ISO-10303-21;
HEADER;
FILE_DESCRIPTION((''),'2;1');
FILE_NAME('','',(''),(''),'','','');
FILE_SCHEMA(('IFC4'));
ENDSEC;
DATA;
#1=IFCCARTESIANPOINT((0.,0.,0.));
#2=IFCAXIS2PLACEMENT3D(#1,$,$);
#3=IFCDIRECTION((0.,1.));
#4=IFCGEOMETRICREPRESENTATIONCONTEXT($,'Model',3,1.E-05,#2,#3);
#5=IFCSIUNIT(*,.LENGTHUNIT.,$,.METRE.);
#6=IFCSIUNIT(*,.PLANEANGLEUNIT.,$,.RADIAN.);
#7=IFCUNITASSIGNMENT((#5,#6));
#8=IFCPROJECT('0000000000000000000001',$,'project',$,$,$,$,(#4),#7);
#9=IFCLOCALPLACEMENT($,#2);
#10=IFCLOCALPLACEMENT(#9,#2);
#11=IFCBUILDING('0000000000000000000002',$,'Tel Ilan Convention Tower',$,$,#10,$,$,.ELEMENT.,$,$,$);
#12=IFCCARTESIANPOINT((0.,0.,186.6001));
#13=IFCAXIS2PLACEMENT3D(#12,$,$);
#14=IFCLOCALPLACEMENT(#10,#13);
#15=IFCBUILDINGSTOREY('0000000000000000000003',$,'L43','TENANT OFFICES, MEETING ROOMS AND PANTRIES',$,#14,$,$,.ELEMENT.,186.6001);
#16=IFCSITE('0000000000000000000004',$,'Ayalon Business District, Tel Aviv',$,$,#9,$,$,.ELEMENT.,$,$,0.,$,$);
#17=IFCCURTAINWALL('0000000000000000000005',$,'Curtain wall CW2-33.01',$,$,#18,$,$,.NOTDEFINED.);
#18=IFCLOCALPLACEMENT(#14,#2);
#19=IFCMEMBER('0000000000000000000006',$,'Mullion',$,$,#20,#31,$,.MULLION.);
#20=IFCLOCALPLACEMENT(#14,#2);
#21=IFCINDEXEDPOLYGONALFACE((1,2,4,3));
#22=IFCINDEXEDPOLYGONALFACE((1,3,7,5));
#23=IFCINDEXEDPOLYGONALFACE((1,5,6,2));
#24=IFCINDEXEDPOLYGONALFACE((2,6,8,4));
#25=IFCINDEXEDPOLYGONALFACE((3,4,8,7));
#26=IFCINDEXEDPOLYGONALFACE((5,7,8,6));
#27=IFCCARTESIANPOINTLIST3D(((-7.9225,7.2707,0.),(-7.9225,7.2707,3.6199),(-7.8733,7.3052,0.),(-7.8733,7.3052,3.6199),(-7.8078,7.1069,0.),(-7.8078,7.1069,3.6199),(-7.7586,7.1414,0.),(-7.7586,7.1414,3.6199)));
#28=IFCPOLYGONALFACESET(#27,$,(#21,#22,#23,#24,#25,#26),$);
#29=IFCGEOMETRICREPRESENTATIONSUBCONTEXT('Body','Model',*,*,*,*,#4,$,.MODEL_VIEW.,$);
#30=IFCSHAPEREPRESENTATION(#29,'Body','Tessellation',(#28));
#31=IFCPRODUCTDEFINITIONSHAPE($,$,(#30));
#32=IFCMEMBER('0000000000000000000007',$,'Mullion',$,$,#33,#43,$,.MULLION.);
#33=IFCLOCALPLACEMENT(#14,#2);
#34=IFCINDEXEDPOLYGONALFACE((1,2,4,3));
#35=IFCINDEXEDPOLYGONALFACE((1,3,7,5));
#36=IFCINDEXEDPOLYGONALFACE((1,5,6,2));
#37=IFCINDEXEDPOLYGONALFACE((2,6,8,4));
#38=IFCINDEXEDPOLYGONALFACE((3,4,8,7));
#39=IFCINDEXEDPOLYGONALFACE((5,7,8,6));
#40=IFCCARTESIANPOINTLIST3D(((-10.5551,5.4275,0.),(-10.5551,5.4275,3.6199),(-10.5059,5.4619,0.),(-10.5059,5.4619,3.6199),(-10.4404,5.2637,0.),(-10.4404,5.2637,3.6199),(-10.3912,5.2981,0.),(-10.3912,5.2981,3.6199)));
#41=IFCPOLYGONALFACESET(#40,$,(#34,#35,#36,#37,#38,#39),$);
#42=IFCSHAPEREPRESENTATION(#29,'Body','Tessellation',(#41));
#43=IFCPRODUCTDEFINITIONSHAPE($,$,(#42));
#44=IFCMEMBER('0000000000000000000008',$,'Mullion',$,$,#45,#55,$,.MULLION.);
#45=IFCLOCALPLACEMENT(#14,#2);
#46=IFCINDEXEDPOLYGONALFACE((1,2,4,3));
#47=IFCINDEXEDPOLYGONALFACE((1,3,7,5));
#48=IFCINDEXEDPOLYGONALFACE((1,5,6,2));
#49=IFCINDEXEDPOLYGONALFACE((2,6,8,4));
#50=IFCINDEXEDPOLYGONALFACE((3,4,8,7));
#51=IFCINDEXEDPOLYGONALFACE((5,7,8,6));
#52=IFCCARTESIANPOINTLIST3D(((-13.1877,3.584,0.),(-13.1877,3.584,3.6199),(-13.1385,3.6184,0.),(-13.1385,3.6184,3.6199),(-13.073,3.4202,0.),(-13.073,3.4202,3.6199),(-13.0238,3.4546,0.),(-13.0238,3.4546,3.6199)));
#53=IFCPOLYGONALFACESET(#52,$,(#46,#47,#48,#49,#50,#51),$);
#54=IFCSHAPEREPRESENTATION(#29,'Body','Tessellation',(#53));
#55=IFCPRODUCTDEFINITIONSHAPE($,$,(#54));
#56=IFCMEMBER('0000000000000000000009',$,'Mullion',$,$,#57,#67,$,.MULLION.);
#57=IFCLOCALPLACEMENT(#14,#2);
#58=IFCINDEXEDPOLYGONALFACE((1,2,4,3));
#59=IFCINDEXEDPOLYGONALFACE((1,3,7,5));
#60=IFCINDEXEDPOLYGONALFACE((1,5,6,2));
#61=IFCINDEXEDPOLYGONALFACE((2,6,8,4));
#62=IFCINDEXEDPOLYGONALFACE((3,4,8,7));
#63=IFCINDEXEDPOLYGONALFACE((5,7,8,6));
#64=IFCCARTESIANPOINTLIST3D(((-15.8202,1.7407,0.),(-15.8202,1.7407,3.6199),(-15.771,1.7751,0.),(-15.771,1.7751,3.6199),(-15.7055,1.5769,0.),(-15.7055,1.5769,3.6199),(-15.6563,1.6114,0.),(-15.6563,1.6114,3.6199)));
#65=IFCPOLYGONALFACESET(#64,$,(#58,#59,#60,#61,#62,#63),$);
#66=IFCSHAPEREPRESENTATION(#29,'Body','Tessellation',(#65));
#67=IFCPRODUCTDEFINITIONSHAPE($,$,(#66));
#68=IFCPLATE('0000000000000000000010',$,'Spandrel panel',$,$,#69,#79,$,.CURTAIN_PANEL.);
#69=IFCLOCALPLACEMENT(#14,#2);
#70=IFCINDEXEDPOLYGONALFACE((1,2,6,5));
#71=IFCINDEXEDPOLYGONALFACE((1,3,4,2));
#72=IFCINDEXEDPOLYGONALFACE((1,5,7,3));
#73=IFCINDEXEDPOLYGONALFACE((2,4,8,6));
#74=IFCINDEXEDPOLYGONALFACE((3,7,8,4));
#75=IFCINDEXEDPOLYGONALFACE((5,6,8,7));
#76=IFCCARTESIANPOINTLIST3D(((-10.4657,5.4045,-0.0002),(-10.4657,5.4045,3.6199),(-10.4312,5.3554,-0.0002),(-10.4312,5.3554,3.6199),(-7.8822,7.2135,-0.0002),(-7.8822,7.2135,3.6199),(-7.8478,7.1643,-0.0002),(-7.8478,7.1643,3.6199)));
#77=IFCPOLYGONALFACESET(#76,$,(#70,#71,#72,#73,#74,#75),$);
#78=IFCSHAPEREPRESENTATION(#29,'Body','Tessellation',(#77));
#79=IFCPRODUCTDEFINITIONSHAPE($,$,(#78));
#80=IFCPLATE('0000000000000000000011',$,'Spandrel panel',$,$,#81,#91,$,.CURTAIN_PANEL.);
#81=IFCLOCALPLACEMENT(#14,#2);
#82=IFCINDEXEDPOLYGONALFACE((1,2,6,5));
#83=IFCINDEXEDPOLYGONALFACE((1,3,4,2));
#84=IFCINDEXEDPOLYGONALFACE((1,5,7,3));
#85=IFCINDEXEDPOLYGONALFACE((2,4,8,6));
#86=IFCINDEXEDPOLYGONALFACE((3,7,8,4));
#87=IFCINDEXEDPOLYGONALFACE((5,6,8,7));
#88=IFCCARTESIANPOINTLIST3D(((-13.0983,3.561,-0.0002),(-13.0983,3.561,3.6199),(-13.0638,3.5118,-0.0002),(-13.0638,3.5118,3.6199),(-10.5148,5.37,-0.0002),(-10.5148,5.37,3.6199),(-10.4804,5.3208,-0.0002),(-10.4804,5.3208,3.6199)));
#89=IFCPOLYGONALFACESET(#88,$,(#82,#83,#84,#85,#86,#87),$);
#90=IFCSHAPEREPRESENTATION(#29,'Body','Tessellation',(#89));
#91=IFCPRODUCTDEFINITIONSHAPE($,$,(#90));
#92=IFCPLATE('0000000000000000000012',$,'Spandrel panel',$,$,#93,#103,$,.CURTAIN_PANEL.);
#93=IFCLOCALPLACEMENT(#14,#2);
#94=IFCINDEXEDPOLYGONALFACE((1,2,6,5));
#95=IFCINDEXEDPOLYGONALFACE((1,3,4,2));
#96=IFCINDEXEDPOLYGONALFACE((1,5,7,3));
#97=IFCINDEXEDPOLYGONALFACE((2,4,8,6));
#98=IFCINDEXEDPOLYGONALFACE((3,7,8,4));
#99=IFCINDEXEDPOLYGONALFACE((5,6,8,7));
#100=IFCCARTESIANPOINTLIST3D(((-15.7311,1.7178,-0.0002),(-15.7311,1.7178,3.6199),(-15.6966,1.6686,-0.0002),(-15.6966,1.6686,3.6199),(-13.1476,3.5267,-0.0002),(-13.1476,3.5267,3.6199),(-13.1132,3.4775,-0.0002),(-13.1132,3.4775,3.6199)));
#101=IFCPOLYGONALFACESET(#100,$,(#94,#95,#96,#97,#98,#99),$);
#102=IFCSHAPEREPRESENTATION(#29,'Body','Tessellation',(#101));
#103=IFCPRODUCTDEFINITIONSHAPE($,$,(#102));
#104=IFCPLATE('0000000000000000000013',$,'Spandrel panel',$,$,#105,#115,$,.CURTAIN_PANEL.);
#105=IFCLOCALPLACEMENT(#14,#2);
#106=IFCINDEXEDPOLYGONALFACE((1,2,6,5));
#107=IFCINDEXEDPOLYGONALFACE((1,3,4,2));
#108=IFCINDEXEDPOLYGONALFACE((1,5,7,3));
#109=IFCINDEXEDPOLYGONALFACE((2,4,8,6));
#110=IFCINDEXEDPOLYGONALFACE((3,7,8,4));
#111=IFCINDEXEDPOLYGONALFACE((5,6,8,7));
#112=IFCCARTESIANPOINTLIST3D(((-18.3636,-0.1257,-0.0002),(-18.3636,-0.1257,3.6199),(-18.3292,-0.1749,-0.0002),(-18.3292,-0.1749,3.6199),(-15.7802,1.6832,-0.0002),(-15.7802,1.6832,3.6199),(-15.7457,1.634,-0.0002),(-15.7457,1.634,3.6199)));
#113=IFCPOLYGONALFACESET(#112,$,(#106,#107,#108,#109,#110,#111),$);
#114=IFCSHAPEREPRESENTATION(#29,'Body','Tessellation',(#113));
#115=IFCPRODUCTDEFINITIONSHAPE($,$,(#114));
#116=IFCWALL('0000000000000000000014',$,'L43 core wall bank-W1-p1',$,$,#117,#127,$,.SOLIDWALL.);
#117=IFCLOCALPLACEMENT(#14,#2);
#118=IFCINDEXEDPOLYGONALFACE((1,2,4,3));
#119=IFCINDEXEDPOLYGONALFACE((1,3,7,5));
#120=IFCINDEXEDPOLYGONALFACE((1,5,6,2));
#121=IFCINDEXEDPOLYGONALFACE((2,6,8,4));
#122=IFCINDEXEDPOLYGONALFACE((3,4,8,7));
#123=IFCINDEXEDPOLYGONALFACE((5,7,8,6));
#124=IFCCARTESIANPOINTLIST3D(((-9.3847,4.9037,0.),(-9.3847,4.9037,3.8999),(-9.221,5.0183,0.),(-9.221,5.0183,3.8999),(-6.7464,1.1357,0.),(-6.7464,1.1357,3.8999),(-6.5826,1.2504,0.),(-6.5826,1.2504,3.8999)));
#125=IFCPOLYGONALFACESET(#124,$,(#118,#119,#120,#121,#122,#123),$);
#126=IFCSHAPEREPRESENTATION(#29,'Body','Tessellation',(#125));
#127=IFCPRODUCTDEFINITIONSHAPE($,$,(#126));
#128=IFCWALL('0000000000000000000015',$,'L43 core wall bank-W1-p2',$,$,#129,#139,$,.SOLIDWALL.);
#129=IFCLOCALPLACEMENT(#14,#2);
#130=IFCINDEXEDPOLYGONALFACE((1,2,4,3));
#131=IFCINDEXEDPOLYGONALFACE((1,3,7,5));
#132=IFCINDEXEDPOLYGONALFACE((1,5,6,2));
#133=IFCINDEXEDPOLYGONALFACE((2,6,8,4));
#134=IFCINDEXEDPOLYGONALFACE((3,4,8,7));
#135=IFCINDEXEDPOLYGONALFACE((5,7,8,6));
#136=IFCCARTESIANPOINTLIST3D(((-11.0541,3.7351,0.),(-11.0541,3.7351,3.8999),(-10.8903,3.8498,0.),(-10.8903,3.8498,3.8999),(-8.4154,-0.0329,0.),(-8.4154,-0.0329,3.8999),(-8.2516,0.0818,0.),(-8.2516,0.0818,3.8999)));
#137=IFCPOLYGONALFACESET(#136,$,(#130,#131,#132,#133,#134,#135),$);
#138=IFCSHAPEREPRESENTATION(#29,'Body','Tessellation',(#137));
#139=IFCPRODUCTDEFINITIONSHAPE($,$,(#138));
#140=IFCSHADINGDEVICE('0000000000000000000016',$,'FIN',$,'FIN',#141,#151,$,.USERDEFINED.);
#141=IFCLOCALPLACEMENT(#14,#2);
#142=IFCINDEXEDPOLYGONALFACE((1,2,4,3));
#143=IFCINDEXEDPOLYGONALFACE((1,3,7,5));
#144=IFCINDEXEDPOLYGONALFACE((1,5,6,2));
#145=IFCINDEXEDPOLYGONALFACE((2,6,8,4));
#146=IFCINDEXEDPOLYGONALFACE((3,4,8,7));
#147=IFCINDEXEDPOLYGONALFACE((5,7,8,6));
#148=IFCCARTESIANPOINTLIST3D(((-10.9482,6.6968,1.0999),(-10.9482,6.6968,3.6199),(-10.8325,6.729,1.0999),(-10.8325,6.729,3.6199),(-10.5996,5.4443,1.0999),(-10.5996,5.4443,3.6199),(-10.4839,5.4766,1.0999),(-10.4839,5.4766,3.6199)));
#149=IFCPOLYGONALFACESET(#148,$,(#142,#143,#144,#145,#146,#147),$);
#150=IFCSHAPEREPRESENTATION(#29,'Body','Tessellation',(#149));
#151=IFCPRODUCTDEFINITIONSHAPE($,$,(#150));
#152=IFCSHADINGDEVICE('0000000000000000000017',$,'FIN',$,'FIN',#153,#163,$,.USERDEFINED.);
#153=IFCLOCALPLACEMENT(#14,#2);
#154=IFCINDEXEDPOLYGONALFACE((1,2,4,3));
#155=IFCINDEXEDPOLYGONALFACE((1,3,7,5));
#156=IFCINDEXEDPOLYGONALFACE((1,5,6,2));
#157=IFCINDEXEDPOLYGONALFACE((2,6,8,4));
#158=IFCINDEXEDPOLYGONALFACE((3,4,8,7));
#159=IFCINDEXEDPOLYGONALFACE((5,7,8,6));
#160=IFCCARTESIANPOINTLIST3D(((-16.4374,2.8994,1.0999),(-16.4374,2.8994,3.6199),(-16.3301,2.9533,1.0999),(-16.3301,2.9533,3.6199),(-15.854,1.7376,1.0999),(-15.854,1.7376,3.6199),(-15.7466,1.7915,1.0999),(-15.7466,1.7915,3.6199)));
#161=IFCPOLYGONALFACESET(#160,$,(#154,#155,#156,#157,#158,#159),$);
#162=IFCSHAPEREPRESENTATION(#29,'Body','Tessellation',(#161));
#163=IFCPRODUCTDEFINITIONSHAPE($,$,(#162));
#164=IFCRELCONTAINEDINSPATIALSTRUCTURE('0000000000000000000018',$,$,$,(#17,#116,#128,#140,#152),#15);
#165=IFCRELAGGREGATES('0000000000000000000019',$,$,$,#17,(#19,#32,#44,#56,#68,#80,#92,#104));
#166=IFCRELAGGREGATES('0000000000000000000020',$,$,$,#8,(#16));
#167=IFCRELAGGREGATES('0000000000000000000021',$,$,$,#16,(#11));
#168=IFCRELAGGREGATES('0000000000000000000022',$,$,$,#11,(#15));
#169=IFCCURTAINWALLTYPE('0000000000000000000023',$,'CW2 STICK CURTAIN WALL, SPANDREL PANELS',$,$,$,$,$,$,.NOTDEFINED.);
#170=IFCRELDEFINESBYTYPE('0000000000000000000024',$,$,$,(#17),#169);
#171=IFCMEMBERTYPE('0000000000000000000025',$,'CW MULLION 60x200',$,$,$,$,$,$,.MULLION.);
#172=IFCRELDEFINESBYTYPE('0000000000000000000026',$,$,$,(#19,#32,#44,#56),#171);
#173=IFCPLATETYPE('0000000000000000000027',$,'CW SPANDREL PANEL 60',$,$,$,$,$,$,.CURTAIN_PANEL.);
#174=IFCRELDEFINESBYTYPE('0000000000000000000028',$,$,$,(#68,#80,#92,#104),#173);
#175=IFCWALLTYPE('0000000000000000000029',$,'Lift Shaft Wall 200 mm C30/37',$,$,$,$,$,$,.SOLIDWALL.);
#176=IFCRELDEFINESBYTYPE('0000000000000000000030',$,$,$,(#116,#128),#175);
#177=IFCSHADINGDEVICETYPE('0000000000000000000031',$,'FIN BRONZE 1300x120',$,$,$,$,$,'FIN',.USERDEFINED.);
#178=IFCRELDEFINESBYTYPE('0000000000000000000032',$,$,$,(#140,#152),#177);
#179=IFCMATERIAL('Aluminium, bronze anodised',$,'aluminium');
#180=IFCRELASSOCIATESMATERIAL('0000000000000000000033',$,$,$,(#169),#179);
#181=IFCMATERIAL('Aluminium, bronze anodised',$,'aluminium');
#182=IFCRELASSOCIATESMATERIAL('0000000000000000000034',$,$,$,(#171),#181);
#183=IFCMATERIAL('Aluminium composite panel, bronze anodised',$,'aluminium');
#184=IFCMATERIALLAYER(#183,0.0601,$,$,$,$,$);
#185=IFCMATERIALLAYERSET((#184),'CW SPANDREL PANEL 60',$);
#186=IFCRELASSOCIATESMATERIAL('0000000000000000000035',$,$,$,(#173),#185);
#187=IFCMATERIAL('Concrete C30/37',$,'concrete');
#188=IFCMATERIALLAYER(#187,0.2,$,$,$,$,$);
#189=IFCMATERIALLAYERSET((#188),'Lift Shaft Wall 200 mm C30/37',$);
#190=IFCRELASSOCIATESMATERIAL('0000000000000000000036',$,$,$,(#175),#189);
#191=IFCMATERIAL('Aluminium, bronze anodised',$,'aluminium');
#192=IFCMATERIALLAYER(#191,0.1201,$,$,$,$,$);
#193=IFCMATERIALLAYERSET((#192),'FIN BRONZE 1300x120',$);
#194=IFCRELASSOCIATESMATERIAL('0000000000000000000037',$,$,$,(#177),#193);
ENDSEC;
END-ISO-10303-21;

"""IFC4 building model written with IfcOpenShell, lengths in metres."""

from ifc_helpers import new_model, si_unit, direction, frame, frame_2d, origin, origin_2d, place, context, subcontext, project, spatial, rectangle, extrude, material, layer, layer_set, material_profile, profile_set, type_object, element, aggregate, save


model = new_model("IFC4")

# Units and contexts
model_context = context("Model", 3, precision=1e-05, world=origin(), true_north=direction((0.0, 1.0)))
body_context = subcontext(model_context, "Body", "Model", "MODEL_VIEW")
ifc_project = project(units=[si_unit("LENGTHUNIT", "METRE"), si_unit("PLANEANGLEUNIT", "RADIAN")], contexts=[model_context])

# Site, building, storey
site_placement = place(None, origin())
site = spatial("IfcSite", under=ifc_project, at=site_placement, Name="Ayalon Business District, Tel Aviv", CompositionType="ELEMENT", RefElevation=0.0)
building_placement = place(site_placement, origin())
building = spatial("IfcBuilding", under=site, at=building_placement, Name="Tel Ilan Convention Tower", CompositionType="ELEMENT")
storey_placement = place(building_placement, frame((0.0, 0.0, 186.6001)))
storey = spatial("IfcBuildingStorey", under=building, at=storey_placement, Name="L43", Description="TENANT OFFICES, MEETING ROOMS AND PANTRIES", CompositionType="ELEMENT", Elevation=186.6001)

# Curtain wall, members, plates
ifc_material_1 = material(Name="Aluminium, bronze anodised", Category="aluminium")
curtain_wall_type = type_object("IfcCurtainWallType", Name="CW2 STICK CURTAIN WALL, SPANDREL PANELS", PredefinedType="NOTDEFINED", material=ifc_material_1)
curtain_wall_placement = place(storey_placement, origin())
curtain_wall = element("IfcCurtainWall", 1, at=curtain_wall_placement, inside=storey, type_object=curtain_wall_type, Name="Curtain wall CW2-33.01", PredefinedType="NOTDEFINED")
ifc_material_2 = material(Name="Aluminium, bronze anodised", Category="aluminium")
ifc_material_profile = material_profile(ifc_material_2, rectangle(XDim=0.0601, YDim=0.2, at=origin_2d()), Name="CW MULLION 60x200")
ifc_profile_set = profile_set([ifc_material_profile], Name="Aluminium, bronze anodised")
member_type = type_object("IfcMemberType", Name="CW MULLION 60x200", PredefinedType="MULLION", material=ifc_profile_set)
member_1_placement = place(storey_placement, frame((-7.8406, 7.2061, 0.0), z_axis=(0.0, 0.0, 1.0), x_axis=(-0.819152, -0.573576, 0.0)))
member_1 = element("IfcMember", 2, at=member_1_placement, type_object=member_type, Name="Mullion", PredefinedType="MULLION", context=body_context, shape_type="SweptSolid", body=[
    extrude(rectangle(XDim=0.0601, YDim=0.2, at=origin_2d()), origin(), (0.0, 0.0, 1.0), 3.6199),
])
member_2_placement = place(storey_placement, frame((-10.4731, 5.3628, 0.0), z_axis=(0.0, 0.0, 1.0), x_axis=(-0.819152, -0.573576, 0.0)))
member_2 = element("IfcMember", 3, at=member_2_placement, type_object=member_type, Name="Mullion", PredefinedType="MULLION", context=body_context, shape_type="SweptSolid", body=[
    extrude(rectangle(XDim=0.0601, YDim=0.2, at=origin_2d()), origin(), (0.0, 0.0, 1.0), 3.6199),
])
member_3_placement = place(storey_placement, frame((-13.1057, 3.5193, 0.0), z_axis=(0.0, 0.0, 1.0), x_axis=(-0.819152, -0.573576, 0.0)))
member_3 = element("IfcMember", 4, at=member_3_placement, type_object=member_type, Name="Mullion", PredefinedType="MULLION", context=body_context, shape_type="SweptSolid", body=[
    extrude(rectangle(XDim=0.0601, YDim=0.2, at=origin_2d()), origin(), (0.0, 0.0, 1.0), 3.6199),
])
member_4_placement = place(storey_placement, frame((-15.7383, 1.676, 0.0), z_axis=(0.0, 0.0, 1.0), x_axis=(-0.819152, -0.573576, 0.0)))
member_4 = element("IfcMember", 5, at=member_4_placement, type_object=member_type, Name="Mullion", PredefinedType="MULLION", context=body_context, shape_type="SweptSolid", body=[
    extrude(rectangle(XDim=0.0601, YDim=0.2, at=origin_2d()), origin(), (0.0, 0.0, 1.0), 3.6199),
])
ifc_material_3 = material(Name="Aluminium composite panel, bronze anodised", Category="aluminium")
ifc_layer_1 = layer(ifc_material_3, 0.0601)
ifc_layer_set_1 = layer_set([ifc_layer_1], Name="CW SPANDREL PANEL 60")
plate_type = type_object("IfcPlateType", Name="CW SPANDREL PANEL 60", PredefinedType="CURTAIN_PANEL", material=ifc_layer_set_1)
plate_1_placement = place(storey_placement, frame((-9.1567, 6.2844, -0.0002), z_axis=(0.0, 0.0, 1.0), x_axis=(-0.819152, -0.573576, 0.0)))
plate_1 = element("IfcPlate", 6, at=plate_1_placement, type_object=plate_type, Name="Spandrel panel", PredefinedType="CURTAIN_PANEL", context=body_context, shape_type="SweptSolid", body=[
    extrude(rectangle(XDim=3.1538, YDim=0.0601, at=origin_2d()), origin(), (0.0, 0.0, 1.0), 3.6201),
])
plate_2_placement = place(storey_placement, frame((-11.7893, 4.4409, -0.0002), z_axis=(0.0, 0.0, 1.0), x_axis=(-0.819152, -0.573576, 0.0)))
plate_2 = element("IfcPlate", 7, at=plate_2_placement, type_object=plate_type, Name="Spandrel panel", PredefinedType="CURTAIN_PANEL", context=body_context, shape_type="SweptSolid", body=[
    extrude(rectangle(XDim=3.1538, YDim=0.0601, at=origin_2d()), origin(), (0.0, 0.0, 1.0), 3.6201),
])
plate_3_placement = place(storey_placement, frame((-14.4221, 2.5977, -0.0002), z_axis=(0.0, 0.0, 1.0), x_axis=(-0.819152, -0.573576, 0.0)))
plate_3 = element("IfcPlate", 8, at=plate_3_placement, type_object=plate_type, Name="Spandrel panel", PredefinedType="CURTAIN_PANEL", context=body_context, shape_type="SweptSolid", body=[
    extrude(rectangle(XDim=3.1538, YDim=0.0601, at=origin_2d()), origin(), (0.0, 0.0, 1.0), 3.6201),
])
plate_4_placement = place(storey_placement, frame((-17.0547, 0.7542, -0.0002), z_axis=(0.0, 0.0, 1.0), x_axis=(-0.819152, -0.573576, 0.0)))
plate_4 = element("IfcPlate", 9, at=plate_4_placement, type_object=plate_type, Name="Spandrel panel", PredefinedType="CURTAIN_PANEL", context=body_context, shape_type="SweptSolid", body=[
    extrude(rectangle(XDim=3.1538, YDim=0.0601, at=origin_2d()), origin(), (0.0, 0.0, 1.0), 3.6201),
])
aggregate(curtain_wall, [member_1, member_2, member_3, member_4, plate_1, plate_2, plate_3, plate_4])

# Walls
ifc_material_4 = material(Name="Concrete C30/37", Category="concrete")
ifc_layer_2 = layer(ifc_material_4, 0.2)
ifc_layer_set_2 = layer_set([ifc_layer_2], Name="Lift Shaft Wall 200 mm C30/37")
wall_type = type_object("IfcWallType", Name="Lift Shaft Wall 200 mm C30/37", PredefinedType="SOLIDWALL", material=ifc_layer_set_2)
wall_1_placement = place(storey_placement, frame((-6.6646, 1.1931, 0.0), z_axis=(0.0, 0.0, 1.0), x_axis=(-0.573576, 0.819152, 0.0)))
element("IfcWall", 10, at=wall_1_placement, inside=storey, type_object=wall_type, Name="L43 core wall bank-W1-p1", PredefinedType="SOLIDWALL", context=body_context, shape_type="SweptSolid", body=[
    extrude(rectangle(XDim=4.5999, YDim=0.2, at=frame_2d((2.2998, 0.0))), origin(), (0.0, 0.0, 1.0), 3.8999),
])
wall_2_placement = place(storey_placement, frame((-8.3335, 0.0244, 0.0), z_axis=(0.0, 0.0, 1.0), x_axis=(-0.573612, 0.819127, 0.0)))
element("IfcWall", 11, at=wall_2_placement, inside=storey, type_object=wall_type, Name="L43 core wall bank-W1-p2", PredefinedType="SOLIDWALL", context=body_context, shape_type="SweptSolid", body=[
    extrude(rectangle(XDim=4.6001, YDim=0.2, at=frame_2d((2.3, 0.0))), origin(), (0.0, 0.0, 1.0), 3.8999),
])

# Shading devices
ifc_material_5 = material(Name="Aluminium, bronze anodised", Category="aluminium")
ifc_layer_3 = layer(ifc_material_5, 0.1201)
ifc_layer_set_3 = layer_set([ifc_layer_3], Name="FIN BRONZE 1300x120")
shading_device_type = type_object("IfcShadingDeviceType", Name="FIN BRONZE 1300x120", ElementType="FIN", PredefinedType="USERDEFINED", material=ifc_layer_set_3)
for number, where, z_axis, x_axis, name in (
    (12, (-10.7161, 6.0867, 1.0999), (0.0, 0.0, 1.0), (-0.268173, 0.963371, 0.0), "FIN"),
    (13, (-16.092, 2.3455, 1.0999), (0.0, 0.0, 1.0), (-0.448799, 0.893633, 0.0), "FIN"),
):
    element("IfcShadingDevice", number, at=place(storey_placement, frame(where, z_axis=z_axis, x_axis=x_axis)), inside=storey, type_object=shading_device_type, Name=name, ObjectType="FIN", PredefinedType="USERDEFINED", context=body_context, shape_type="SweptSolid", body=[
        extrude(rectangle(XDim=1.3, YDim=0.1201, at=origin_2d()), origin(), (0.0, 0.0, 1.0), 2.52),
    ])

save(model, "model.ifc")
